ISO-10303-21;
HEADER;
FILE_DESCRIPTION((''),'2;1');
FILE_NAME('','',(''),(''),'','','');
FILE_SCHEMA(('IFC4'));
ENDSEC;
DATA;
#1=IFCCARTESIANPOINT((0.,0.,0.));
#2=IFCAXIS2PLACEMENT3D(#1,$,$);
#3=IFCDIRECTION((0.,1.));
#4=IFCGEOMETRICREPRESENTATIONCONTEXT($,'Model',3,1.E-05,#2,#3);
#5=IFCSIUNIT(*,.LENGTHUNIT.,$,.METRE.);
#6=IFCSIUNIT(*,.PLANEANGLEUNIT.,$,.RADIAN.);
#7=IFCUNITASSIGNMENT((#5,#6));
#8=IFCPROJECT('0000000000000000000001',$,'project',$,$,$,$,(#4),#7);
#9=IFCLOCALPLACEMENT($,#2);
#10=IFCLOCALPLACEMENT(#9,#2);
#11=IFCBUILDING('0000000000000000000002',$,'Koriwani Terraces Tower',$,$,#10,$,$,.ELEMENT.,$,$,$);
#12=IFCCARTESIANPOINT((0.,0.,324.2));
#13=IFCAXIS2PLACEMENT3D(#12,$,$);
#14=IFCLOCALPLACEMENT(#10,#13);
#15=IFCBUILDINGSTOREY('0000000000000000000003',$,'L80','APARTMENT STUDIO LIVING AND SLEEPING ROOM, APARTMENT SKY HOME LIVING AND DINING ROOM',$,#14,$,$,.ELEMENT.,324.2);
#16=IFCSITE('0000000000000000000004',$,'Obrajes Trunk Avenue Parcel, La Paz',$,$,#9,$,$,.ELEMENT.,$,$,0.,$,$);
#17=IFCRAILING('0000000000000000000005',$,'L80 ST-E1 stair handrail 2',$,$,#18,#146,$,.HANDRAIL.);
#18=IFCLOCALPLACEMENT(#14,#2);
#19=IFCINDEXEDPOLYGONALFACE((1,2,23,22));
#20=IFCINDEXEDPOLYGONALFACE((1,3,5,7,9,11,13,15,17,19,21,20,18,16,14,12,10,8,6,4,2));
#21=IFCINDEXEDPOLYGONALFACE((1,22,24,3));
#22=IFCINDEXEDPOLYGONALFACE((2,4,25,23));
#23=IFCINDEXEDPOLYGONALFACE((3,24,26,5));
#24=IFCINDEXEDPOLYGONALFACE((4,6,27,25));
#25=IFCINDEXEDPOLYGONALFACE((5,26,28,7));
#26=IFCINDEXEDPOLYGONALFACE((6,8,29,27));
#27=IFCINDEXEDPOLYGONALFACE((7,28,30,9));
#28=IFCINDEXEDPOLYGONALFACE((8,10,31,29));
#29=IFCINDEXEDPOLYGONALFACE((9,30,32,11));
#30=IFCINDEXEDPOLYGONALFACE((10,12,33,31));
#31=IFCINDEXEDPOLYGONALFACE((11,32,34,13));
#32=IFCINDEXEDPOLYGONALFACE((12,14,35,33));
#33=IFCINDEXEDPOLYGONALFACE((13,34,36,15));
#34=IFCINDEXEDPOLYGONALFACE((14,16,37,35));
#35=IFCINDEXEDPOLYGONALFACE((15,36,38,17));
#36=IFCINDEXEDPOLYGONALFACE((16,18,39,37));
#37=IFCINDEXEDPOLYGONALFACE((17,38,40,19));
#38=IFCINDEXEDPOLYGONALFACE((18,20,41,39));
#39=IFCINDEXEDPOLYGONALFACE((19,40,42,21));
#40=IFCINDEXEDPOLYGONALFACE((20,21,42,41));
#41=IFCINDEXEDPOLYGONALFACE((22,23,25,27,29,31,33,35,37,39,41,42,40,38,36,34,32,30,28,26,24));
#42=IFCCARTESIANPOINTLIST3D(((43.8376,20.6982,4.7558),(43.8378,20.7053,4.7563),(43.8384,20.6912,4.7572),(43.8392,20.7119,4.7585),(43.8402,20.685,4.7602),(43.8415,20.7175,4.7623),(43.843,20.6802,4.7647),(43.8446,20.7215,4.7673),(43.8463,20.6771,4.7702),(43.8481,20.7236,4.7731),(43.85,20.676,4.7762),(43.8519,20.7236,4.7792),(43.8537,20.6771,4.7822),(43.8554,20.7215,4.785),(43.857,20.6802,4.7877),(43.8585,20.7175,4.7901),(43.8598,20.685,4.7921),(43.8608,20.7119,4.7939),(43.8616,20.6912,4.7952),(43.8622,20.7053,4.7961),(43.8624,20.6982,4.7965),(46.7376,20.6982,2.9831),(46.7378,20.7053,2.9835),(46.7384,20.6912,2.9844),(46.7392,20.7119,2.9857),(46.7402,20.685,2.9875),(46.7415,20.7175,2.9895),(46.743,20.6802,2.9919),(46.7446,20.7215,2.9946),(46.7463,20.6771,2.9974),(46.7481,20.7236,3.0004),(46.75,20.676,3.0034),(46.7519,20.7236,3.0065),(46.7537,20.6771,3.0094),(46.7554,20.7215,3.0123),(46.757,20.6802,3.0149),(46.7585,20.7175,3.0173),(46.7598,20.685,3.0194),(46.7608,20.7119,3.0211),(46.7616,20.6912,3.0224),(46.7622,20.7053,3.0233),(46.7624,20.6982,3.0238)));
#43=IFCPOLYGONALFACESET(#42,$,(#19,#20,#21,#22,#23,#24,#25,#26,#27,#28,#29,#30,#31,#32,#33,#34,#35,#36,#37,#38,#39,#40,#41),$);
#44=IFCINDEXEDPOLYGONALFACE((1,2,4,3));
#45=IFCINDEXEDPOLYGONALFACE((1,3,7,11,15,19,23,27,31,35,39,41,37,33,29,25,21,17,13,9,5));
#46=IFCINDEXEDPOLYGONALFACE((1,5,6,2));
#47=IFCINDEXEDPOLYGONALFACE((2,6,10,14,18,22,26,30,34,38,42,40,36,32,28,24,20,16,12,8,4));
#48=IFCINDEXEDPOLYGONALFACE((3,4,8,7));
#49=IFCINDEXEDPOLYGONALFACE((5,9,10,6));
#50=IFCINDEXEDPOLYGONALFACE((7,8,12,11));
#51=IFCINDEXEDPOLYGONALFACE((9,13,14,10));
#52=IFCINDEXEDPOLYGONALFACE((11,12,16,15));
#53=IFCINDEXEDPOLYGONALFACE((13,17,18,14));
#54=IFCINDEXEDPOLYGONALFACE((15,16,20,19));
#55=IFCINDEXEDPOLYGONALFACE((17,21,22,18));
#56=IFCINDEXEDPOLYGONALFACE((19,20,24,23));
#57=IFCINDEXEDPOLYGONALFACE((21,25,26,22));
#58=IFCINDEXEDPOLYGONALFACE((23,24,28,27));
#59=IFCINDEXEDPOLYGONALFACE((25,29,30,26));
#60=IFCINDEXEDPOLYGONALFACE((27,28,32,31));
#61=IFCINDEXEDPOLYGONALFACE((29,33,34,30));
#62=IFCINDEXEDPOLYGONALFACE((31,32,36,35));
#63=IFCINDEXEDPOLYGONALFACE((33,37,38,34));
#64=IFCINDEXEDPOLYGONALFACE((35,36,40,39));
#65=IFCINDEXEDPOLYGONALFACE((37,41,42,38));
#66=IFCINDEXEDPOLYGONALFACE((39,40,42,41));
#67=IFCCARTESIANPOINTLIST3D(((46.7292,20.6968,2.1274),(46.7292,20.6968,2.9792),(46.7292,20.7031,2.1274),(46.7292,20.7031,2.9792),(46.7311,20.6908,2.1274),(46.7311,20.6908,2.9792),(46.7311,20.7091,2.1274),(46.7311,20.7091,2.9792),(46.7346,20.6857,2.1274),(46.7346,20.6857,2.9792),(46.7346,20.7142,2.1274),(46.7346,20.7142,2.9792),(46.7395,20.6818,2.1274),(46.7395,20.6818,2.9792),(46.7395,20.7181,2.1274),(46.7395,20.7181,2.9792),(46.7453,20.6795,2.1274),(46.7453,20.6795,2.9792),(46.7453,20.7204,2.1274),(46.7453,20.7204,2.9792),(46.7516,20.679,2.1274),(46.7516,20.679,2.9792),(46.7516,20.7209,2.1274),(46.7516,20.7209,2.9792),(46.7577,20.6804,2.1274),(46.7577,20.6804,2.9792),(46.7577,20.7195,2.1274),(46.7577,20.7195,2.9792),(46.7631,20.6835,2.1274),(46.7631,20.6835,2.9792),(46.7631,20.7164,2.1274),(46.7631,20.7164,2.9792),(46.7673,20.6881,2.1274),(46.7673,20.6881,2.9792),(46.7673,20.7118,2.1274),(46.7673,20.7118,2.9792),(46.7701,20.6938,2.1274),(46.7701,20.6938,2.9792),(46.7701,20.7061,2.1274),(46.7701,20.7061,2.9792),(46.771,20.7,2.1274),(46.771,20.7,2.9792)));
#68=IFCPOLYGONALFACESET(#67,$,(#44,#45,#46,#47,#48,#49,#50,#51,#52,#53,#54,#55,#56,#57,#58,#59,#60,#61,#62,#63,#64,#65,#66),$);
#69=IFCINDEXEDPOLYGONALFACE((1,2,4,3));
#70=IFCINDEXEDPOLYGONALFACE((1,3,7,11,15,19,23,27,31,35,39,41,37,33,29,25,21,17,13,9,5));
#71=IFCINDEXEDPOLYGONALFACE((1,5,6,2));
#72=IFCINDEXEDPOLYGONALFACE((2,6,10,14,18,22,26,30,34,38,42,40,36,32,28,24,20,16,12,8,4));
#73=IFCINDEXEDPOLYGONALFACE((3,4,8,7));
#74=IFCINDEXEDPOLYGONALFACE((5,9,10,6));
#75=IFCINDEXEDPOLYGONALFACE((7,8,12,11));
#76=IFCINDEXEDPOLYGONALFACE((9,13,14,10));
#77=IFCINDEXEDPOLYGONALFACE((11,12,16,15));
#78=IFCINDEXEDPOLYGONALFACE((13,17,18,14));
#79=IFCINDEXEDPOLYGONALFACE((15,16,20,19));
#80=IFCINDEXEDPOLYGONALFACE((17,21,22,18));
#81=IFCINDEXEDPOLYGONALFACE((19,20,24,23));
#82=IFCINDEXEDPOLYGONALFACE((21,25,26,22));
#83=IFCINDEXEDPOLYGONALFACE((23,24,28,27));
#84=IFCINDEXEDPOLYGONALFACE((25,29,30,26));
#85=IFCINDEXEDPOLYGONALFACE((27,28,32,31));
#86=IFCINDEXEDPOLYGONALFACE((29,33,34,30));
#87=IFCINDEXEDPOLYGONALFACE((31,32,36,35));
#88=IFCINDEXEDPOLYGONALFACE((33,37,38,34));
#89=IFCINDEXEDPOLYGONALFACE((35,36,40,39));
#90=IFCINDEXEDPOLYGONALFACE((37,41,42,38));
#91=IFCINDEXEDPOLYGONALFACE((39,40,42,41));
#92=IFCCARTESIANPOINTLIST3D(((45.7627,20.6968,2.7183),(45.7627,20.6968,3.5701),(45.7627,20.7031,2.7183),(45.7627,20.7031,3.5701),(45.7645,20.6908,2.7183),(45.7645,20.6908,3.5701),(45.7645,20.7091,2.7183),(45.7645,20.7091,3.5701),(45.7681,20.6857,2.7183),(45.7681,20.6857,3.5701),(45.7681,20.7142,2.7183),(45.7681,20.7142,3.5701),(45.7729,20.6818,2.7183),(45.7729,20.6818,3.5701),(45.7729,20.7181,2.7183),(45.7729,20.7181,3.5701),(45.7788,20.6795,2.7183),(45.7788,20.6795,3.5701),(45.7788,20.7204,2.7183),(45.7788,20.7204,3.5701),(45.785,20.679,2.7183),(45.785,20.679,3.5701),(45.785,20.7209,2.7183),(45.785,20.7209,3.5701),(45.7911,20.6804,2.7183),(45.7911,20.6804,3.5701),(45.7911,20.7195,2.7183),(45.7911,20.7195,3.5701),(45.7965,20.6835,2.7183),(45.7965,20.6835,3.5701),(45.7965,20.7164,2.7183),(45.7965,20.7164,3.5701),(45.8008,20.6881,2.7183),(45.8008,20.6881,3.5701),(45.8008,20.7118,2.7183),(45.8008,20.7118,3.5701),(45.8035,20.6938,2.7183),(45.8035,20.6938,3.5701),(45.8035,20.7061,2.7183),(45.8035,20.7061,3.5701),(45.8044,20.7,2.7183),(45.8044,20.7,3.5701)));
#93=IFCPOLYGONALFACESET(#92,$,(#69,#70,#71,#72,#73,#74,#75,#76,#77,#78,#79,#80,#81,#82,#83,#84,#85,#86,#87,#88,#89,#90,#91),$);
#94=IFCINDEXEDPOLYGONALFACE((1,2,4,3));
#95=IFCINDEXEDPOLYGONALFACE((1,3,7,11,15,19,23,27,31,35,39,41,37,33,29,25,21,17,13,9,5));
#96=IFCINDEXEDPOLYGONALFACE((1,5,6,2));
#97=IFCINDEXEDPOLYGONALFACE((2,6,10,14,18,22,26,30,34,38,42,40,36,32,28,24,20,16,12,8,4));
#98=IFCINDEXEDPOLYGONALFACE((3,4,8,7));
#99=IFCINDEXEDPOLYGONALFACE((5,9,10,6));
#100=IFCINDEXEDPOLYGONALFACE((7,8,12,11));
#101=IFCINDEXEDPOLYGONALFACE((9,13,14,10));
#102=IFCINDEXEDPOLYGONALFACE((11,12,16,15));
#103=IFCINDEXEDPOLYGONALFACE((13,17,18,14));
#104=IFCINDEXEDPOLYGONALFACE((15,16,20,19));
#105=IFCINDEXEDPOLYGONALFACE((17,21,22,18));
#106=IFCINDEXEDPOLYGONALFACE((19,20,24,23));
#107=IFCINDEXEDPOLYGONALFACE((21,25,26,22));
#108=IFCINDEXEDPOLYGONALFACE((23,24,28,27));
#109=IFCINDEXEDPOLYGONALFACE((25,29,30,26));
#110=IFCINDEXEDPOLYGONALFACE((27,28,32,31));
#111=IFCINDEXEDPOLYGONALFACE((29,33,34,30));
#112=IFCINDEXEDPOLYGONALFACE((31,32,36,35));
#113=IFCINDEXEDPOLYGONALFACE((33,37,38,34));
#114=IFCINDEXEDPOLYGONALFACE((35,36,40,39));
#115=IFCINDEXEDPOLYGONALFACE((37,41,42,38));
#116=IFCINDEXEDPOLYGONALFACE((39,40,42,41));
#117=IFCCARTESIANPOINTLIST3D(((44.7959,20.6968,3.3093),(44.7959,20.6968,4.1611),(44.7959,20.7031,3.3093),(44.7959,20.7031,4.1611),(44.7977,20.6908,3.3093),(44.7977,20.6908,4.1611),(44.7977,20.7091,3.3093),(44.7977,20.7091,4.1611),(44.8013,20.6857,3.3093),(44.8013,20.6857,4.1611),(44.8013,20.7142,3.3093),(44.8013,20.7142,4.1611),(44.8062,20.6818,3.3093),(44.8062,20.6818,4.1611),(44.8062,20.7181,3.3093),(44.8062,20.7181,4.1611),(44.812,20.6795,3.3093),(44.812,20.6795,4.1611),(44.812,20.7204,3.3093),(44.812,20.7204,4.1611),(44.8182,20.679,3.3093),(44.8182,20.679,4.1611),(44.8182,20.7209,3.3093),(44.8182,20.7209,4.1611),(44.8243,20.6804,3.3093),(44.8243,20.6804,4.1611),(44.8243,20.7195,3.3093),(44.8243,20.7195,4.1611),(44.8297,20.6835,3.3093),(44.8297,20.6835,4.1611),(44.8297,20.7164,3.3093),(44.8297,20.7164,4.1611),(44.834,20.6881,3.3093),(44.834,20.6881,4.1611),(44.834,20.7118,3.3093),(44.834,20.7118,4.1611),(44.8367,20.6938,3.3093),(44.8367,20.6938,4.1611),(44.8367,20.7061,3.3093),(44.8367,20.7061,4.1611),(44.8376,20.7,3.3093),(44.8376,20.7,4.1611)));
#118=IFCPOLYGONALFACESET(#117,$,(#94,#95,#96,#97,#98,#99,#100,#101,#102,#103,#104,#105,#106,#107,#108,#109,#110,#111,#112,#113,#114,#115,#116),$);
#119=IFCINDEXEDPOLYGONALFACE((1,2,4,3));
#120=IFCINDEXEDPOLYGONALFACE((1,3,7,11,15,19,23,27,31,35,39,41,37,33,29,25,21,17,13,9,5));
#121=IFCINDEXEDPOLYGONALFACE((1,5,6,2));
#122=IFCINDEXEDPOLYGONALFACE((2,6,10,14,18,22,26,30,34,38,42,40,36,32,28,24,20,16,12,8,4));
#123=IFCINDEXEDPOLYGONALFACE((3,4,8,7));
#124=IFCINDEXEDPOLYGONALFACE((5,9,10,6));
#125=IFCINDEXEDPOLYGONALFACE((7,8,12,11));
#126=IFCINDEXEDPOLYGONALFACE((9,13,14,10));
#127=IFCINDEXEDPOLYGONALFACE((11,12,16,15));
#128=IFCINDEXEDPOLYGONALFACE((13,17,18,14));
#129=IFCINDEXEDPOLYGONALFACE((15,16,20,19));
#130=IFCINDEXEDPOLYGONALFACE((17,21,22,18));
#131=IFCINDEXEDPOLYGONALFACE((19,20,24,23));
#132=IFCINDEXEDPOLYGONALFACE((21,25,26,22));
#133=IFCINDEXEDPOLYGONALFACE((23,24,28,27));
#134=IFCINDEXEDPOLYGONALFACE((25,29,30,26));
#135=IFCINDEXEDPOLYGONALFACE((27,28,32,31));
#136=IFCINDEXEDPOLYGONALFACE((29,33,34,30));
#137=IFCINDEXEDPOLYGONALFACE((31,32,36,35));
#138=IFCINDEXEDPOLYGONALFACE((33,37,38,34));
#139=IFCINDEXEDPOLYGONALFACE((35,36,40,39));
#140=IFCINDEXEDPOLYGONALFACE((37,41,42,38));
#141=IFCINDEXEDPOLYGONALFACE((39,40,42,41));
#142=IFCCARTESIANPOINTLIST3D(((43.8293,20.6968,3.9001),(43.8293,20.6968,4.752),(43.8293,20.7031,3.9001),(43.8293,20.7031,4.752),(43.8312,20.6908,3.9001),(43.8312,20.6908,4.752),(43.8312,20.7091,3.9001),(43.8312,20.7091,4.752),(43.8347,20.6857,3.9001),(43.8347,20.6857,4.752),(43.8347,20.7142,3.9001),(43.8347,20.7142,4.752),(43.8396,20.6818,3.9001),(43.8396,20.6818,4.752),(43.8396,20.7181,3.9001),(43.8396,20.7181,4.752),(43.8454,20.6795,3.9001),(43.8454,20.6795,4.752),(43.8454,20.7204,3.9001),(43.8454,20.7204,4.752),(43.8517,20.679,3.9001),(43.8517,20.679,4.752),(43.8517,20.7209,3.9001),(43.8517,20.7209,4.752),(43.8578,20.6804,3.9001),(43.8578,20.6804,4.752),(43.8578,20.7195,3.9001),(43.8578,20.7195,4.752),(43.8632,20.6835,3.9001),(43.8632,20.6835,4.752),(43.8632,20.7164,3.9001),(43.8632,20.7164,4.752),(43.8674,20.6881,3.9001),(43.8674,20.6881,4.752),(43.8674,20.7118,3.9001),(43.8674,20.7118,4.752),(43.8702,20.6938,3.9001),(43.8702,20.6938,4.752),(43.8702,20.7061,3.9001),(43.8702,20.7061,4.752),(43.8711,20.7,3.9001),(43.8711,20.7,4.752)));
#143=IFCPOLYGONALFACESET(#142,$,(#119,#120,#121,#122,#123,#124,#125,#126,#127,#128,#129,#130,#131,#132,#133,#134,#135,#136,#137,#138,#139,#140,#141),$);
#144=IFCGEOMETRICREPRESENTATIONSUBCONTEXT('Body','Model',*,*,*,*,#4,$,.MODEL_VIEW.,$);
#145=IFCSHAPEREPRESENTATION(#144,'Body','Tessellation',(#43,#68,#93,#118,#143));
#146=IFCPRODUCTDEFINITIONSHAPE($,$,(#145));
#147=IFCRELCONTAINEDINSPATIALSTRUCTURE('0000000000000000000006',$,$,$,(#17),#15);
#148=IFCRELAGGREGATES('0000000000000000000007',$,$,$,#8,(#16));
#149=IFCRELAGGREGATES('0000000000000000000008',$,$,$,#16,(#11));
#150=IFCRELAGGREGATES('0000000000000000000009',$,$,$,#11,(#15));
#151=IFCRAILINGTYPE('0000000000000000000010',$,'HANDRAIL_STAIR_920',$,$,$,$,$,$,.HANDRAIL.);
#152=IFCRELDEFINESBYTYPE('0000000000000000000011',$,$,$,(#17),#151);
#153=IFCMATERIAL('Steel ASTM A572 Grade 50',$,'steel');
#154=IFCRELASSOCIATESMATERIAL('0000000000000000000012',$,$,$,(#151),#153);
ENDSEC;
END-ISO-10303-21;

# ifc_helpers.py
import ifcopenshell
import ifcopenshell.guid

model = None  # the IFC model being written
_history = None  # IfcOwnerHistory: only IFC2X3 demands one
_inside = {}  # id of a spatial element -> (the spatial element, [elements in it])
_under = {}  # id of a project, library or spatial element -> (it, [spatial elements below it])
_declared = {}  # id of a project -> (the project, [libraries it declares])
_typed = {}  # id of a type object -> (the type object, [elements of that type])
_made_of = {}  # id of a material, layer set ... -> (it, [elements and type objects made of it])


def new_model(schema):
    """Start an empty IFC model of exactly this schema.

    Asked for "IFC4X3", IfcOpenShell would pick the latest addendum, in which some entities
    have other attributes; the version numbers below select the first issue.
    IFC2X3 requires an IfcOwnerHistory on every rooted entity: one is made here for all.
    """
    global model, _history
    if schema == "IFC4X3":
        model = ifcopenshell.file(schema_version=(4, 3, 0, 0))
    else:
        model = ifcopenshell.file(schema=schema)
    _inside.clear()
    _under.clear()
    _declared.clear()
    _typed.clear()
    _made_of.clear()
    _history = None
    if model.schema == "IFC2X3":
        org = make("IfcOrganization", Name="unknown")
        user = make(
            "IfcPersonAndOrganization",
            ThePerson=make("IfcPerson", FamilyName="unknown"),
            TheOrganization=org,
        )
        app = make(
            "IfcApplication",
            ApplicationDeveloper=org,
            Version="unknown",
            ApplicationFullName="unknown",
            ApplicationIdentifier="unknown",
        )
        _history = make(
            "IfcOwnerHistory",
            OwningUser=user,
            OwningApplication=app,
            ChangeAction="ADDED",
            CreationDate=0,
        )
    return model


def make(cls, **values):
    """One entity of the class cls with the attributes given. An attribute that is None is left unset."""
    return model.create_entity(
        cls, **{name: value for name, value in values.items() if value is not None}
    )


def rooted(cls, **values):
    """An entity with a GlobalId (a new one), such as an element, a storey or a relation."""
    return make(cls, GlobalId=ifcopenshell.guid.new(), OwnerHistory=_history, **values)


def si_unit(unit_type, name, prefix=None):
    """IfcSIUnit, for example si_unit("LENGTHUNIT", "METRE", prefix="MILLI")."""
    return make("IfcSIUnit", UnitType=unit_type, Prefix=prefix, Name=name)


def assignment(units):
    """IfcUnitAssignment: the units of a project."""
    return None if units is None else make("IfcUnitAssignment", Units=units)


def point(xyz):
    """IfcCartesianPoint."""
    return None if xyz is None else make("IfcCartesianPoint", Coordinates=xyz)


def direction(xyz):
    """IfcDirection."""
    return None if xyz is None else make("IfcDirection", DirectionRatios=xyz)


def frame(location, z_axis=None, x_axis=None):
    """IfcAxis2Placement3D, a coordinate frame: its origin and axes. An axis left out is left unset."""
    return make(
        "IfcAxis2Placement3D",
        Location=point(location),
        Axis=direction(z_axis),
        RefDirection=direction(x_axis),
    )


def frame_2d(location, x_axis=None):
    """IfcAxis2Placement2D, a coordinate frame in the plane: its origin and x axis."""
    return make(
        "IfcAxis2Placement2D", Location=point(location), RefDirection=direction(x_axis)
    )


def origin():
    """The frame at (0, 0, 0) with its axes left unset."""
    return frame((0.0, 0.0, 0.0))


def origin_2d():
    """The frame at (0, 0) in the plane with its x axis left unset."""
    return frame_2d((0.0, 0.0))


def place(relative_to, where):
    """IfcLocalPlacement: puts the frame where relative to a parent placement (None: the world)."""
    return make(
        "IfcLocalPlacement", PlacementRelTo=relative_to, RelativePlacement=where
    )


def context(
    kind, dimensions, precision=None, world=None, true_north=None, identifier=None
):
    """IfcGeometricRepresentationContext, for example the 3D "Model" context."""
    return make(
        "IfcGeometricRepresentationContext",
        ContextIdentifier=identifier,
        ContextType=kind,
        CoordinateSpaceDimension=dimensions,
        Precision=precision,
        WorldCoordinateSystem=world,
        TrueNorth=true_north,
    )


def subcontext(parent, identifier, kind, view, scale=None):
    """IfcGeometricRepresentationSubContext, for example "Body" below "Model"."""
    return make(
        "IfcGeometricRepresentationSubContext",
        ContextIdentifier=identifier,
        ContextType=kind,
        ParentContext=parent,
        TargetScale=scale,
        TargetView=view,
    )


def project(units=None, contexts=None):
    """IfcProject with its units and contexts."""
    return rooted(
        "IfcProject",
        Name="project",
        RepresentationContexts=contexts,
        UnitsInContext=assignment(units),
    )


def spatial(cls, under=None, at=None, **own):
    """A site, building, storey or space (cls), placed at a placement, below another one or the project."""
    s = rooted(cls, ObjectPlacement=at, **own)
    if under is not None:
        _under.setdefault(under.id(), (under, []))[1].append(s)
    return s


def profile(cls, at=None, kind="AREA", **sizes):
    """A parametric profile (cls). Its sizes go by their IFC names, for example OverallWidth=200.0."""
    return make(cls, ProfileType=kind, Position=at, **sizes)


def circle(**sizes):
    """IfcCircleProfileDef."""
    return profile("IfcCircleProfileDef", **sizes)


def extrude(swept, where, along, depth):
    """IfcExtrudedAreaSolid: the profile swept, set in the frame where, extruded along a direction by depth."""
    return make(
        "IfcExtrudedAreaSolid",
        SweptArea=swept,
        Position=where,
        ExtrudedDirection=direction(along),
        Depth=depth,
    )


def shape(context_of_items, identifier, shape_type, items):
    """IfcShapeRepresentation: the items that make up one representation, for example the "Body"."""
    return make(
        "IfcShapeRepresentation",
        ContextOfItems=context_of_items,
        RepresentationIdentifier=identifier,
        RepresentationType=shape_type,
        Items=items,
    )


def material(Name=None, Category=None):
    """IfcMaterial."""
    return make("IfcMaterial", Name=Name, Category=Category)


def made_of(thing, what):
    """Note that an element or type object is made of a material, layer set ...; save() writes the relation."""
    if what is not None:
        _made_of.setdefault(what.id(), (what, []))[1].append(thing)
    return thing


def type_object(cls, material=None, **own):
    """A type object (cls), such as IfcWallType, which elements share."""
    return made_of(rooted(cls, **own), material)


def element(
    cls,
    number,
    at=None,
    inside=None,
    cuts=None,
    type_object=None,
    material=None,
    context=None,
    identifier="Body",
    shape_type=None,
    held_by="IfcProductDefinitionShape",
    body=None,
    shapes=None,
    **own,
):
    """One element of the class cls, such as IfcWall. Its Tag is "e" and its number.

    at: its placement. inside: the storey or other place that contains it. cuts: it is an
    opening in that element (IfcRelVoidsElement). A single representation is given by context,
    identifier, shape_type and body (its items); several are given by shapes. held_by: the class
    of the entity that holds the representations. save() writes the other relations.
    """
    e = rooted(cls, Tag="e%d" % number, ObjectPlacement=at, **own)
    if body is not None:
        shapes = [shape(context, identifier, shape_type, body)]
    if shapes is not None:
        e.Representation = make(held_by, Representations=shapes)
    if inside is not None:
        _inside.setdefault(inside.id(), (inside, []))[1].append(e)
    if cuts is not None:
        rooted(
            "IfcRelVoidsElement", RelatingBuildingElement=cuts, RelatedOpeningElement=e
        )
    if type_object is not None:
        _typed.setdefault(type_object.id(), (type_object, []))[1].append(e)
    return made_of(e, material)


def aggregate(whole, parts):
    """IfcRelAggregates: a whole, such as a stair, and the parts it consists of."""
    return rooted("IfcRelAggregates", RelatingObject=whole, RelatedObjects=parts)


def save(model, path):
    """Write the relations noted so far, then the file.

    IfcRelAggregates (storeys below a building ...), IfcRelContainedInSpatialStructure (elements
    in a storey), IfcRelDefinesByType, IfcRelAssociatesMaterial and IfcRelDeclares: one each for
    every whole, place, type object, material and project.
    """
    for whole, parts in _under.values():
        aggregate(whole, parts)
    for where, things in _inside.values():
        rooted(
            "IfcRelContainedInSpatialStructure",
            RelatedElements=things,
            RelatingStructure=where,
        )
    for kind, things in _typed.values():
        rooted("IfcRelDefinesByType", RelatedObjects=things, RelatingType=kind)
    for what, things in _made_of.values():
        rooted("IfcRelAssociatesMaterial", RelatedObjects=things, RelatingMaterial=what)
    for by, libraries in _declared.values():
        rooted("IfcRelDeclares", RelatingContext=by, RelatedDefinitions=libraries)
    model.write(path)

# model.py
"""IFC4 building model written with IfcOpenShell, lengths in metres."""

from ifc_helpers import new_model, si_unit, direction, frame, origin, origin_2d, place, context, subcontext, project, spatial, circle, extrude, material, type_object, element, save


model = new_model("IFC4")

# Units and contexts
model_context = context("Model", 3, precision=1e-05, world=origin(), true_north=direction((0.0, 1.0)))
body_context = subcontext(model_context, "Body", "Model", "MODEL_VIEW")
ifc_project = project(units=[si_unit("LENGTHUNIT", "METRE"), si_unit("PLANEANGLEUNIT", "RADIAN")], contexts=[model_context])

# Site, building, storey
site_placement = place(None, origin())
site = spatial("IfcSite", under=ifc_project, at=site_placement, Name="Obrajes Trunk Avenue Parcel, La Paz", CompositionType="ELEMENT", RefElevation=0.0)
building_placement = place(site_placement, origin())
building = spatial("IfcBuilding", under=site, at=building_placement, Name="Koriwani Terraces Tower", CompositionType="ELEMENT")
storey_placement = place(building_placement, frame((0.0, 0.0, 324.2)))
storey = spatial("IfcBuildingStorey", under=building, at=storey_placement, Name="L80", Description="APARTMENT STUDIO LIVING AND SLEEPING ROOM, APARTMENT SKY HOME LIVING AND DINING ROOM", CompositionType="ELEMENT", Elevation=324.2)

# Shared definitions
ifc_material_1 = material(Name="Steel ASTM A572 Grade 50", Category="steel")

# Railing
railing_type_1 = type_object("IfcRailingType", Name="HANDRAIL_STAIR_920", PredefinedType="HANDRAIL", material=ifc_material_1)
for number, where, name in (
    (1, (46.75, 20.7, 2.1274), "L80 ST-E1 stair handrail 2"),
):
    element("IfcRailing", number, at=place(storey_placement, frame(where)), inside=storey, type_object=railing_type_1, Name=name, PredefinedType="HANDRAIL", context=body_context, shape_type="SweptSolid", body=[
        extrude(circle(Radius=0.0239, at=origin_2d()), frame((0.0, 0.0, 0.876), z_axis=(-0.853211, 0.0, 0.521566), x_axis=(0.0, -1.0, 0.0)), (0.0, 0.0, 1.0), 3.3989),
        extrude(circle(Radius=0.021, at=origin_2d()), origin(), (0.0, 0.0, 1.0), 0.8518),
        extrude(circle(Radius=0.021, at=origin_2d()), frame((-0.9666, 0.0, 0.5908)), (0.0, 0.0, 1.0), 0.8518),
        extrude(circle(Radius=0.021, at=origin_2d()), frame((-1.9333, 0.0, 1.1819)), (0.0, 0.0, 1.0), 0.8518),
        extrude(circle(Radius=0.021, at=origin_2d()), frame((-2.8999, 0.0, 1.7727)), (0.0, 0.0, 1.0), 0.8518),
    ])

save(model, "model.ifc")
